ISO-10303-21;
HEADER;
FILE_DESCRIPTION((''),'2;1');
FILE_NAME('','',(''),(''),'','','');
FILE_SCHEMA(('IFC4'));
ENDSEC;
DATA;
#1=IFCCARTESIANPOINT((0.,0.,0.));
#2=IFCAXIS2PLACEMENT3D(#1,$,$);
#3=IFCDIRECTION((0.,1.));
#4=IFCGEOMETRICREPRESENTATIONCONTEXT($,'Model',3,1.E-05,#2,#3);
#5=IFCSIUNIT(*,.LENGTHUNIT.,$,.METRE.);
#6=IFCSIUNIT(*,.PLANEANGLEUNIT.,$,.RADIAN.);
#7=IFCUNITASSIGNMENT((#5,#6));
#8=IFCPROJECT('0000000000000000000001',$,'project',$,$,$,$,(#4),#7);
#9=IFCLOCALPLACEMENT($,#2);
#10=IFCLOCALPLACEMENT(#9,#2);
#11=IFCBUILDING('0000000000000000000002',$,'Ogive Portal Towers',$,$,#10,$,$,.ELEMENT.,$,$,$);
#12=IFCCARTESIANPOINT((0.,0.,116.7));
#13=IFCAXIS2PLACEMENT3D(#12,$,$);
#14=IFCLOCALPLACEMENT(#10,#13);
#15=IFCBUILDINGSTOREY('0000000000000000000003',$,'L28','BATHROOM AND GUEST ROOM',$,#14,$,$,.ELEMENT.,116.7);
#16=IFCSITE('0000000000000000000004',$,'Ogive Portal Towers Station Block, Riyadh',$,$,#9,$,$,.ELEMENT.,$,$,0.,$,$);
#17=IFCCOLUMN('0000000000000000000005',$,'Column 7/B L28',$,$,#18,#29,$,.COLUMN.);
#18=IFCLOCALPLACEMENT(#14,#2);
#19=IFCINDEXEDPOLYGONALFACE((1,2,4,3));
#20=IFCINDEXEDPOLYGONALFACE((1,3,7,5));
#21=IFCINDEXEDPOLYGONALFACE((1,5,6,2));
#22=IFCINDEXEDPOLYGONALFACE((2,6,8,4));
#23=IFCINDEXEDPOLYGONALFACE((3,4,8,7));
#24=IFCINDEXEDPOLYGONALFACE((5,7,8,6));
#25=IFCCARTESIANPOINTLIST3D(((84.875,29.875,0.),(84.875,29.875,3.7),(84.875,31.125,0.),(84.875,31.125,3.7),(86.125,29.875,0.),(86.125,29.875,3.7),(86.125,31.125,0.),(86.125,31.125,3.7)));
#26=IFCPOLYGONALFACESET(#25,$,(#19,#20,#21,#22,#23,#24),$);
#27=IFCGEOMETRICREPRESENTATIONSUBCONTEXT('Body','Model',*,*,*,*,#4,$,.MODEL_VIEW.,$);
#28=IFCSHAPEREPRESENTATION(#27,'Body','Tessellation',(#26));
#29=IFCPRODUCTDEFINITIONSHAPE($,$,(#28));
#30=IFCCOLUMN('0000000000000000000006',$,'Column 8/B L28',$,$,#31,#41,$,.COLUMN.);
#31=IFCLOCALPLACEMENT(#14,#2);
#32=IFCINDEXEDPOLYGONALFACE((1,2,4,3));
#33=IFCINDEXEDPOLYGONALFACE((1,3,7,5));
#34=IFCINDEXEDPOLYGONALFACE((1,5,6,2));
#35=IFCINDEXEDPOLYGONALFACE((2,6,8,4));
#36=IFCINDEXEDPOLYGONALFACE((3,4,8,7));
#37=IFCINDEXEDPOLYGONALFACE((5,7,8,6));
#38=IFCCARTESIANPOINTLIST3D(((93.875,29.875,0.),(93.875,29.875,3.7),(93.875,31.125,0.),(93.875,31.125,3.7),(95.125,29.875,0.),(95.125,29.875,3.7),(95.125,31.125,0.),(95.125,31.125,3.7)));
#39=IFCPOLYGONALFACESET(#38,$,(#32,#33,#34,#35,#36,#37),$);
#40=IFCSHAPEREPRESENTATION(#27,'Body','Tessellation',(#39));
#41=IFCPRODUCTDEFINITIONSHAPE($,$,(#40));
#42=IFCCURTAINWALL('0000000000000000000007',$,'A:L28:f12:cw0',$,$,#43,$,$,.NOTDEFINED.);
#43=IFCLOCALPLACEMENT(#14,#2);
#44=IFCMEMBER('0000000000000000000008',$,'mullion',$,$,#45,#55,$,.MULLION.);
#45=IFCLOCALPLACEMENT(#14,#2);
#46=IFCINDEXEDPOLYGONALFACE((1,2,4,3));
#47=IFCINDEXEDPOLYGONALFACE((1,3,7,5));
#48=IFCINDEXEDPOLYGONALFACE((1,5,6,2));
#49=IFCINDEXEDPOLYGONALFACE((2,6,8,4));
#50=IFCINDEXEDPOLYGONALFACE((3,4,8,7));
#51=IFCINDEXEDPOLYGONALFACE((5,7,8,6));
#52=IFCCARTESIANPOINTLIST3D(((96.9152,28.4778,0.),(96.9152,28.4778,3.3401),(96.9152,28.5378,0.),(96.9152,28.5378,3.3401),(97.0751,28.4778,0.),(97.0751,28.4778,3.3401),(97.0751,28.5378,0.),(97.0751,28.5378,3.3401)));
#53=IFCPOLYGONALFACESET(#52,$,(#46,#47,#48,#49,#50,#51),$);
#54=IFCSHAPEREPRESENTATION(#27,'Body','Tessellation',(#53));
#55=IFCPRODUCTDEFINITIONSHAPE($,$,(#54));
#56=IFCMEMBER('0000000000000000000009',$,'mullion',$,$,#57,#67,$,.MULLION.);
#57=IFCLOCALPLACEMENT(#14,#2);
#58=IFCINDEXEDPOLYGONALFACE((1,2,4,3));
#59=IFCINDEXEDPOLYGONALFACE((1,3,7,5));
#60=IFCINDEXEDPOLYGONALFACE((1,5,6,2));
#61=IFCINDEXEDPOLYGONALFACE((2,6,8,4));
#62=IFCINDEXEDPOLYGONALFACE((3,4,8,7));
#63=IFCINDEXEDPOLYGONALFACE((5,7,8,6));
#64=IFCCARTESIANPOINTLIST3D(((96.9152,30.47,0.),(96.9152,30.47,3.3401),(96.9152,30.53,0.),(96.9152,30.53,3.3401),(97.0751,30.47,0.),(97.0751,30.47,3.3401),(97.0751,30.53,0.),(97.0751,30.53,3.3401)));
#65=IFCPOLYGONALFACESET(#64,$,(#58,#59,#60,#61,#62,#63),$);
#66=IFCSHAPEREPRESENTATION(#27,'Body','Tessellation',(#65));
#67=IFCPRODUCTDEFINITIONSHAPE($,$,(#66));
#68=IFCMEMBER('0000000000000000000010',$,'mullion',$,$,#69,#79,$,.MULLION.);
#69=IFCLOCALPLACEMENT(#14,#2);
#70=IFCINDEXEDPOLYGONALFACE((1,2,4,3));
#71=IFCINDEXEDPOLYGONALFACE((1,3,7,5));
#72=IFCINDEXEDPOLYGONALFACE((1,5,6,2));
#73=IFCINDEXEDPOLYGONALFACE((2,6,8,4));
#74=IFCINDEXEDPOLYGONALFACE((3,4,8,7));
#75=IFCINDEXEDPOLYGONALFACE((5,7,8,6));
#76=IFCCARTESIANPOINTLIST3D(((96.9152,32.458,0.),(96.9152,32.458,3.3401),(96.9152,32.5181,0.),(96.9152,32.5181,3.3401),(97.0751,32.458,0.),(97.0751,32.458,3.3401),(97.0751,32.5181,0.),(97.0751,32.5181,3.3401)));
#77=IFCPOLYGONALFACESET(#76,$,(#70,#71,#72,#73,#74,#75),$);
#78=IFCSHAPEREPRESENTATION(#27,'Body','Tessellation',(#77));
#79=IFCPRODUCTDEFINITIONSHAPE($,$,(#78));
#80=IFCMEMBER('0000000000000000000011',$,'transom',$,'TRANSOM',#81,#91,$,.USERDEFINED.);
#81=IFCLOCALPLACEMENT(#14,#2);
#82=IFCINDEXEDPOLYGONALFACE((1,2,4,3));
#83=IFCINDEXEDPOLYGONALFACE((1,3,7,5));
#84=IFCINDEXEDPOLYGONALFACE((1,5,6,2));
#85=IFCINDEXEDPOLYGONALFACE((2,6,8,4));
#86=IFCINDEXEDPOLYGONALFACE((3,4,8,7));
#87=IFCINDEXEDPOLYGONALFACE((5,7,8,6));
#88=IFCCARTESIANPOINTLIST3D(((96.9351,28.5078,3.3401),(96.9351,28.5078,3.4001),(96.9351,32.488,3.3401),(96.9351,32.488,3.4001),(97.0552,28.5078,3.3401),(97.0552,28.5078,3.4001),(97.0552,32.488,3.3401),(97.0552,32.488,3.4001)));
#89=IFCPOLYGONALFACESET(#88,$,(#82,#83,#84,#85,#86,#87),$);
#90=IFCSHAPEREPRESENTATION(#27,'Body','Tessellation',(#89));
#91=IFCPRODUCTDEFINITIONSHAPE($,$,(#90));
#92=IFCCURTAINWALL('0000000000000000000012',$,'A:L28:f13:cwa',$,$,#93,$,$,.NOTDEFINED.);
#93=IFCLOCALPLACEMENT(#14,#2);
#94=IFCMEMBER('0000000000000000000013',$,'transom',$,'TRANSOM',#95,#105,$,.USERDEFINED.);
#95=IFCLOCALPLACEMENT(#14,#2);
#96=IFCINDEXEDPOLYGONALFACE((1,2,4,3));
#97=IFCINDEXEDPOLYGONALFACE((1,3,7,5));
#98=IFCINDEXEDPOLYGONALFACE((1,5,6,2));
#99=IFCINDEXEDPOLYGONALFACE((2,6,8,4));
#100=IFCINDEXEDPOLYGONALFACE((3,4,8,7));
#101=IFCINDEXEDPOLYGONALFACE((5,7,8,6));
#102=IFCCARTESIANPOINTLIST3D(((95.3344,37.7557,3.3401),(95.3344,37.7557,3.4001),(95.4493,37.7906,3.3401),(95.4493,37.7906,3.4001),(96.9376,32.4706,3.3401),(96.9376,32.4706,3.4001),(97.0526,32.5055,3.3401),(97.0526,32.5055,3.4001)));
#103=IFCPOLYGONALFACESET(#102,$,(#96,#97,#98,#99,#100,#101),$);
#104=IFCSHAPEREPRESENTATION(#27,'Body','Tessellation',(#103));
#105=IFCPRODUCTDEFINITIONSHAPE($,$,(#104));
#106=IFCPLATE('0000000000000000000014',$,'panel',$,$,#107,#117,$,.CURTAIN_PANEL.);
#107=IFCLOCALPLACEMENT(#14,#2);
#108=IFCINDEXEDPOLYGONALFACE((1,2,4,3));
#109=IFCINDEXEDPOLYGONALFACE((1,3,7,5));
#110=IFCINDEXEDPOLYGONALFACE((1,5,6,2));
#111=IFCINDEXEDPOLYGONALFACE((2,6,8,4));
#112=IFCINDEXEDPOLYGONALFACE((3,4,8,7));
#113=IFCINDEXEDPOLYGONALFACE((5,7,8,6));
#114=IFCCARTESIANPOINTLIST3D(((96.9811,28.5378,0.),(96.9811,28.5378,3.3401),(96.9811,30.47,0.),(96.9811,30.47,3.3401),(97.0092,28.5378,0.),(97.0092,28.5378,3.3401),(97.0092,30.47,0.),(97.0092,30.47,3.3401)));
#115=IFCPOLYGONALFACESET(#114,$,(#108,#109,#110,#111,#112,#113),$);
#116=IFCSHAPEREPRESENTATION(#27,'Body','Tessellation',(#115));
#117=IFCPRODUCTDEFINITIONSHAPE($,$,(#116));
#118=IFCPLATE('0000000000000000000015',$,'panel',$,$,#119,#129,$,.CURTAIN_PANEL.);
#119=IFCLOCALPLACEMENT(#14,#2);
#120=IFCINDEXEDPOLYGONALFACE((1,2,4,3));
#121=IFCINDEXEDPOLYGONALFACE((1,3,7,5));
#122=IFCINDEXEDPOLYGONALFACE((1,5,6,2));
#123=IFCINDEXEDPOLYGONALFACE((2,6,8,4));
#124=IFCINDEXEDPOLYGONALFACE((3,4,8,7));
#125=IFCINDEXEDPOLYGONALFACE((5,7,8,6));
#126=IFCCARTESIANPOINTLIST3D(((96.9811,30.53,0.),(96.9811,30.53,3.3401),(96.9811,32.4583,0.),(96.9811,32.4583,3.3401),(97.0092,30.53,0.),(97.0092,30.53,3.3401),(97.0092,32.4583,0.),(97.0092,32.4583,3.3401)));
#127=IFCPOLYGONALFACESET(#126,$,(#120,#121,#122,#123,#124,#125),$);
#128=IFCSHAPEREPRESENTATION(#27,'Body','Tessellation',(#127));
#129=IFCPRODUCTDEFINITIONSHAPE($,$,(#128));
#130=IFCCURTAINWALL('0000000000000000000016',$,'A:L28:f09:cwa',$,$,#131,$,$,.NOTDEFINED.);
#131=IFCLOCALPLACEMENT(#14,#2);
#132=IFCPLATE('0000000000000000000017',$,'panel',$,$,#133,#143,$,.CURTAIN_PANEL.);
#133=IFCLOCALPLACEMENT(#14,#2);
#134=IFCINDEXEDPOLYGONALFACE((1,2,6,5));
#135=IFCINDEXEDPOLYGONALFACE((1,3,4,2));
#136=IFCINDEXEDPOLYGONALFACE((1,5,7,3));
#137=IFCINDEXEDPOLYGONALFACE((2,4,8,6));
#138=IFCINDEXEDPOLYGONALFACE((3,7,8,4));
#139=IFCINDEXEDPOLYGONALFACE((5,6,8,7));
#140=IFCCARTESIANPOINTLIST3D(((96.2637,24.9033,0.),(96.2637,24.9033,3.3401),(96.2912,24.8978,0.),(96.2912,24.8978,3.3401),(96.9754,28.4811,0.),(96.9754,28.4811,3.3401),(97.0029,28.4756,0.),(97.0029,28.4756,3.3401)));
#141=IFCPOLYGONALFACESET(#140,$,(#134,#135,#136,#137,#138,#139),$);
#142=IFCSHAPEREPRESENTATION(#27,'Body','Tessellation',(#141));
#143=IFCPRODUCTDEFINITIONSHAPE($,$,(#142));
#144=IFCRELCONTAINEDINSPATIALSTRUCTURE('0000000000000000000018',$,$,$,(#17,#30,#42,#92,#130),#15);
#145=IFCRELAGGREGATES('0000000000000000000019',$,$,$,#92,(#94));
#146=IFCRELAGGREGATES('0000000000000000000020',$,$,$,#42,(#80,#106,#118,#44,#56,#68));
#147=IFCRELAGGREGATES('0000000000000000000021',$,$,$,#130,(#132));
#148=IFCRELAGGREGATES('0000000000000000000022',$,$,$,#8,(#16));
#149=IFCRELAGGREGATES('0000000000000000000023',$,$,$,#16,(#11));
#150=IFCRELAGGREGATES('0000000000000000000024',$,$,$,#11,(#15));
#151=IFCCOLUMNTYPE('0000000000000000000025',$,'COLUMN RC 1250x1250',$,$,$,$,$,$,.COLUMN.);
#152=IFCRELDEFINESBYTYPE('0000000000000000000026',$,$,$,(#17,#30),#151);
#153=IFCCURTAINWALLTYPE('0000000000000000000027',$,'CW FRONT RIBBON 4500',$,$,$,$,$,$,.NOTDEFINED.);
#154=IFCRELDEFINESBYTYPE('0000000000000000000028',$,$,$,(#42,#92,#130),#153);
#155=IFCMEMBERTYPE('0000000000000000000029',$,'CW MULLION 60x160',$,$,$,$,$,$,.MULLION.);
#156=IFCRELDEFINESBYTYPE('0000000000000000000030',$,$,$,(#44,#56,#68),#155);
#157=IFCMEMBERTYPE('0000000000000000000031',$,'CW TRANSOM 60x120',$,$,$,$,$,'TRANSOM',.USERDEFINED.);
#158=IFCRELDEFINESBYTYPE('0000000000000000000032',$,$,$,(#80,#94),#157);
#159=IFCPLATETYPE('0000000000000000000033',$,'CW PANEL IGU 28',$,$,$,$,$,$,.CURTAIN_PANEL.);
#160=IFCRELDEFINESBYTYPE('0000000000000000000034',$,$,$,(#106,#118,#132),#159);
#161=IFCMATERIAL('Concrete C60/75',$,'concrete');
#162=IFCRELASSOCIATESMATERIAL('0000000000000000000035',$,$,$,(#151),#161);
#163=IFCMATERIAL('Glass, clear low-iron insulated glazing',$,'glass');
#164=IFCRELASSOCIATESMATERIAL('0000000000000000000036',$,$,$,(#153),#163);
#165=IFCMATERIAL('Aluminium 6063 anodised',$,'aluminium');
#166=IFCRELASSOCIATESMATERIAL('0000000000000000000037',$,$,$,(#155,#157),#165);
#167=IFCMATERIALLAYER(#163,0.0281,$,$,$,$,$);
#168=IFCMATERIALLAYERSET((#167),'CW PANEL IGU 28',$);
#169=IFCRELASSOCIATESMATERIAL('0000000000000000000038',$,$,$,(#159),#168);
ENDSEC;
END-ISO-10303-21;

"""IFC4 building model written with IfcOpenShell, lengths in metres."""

from ifc_helpers import new_model, si_unit, direction, frame, origin, origin_2d, place, context, subcontext, project, spatial, rectangle, extrude, material, layer, layer_set, material_profile, profile_set, type_object, element, aggregate, save


model = new_model("IFC4")

# Units and contexts
model_context = context("Model", 3, precision=1e-05, world=origin(), true_north=direction((0.0, 1.0)))
body_context = subcontext(model_context, "Body", "Model", "MODEL_VIEW")
ifc_project = project(units=[si_unit("LENGTHUNIT", "METRE"), si_unit("PLANEANGLEUNIT", "RADIAN")], contexts=[model_context])

# Site, building, storey
site_placement = place(None, origin())
site = spatial("IfcSite", under=ifc_project, at=site_placement, Name="Ogive Portal Towers Station Block, Riyadh", CompositionType="ELEMENT", RefElevation=0.0)
building_placement = place(site_placement, origin())
building = spatial("IfcBuilding", under=site, at=building_placement, Name="Ogive Portal Towers", CompositionType="ELEMENT")
storey_placement = place(building_placement, frame((0.0, 0.0, 116.7)))
storey = spatial("IfcBuildingStorey", under=building, at=storey_placement, Name="L28", Description="BATHROOM AND GUEST ROOM", CompositionType="ELEMENT", Elevation=116.7)

# Columns
ifc_material_1 = material(Name="Concrete C60/75", Category="concrete")
ifc_material_profile_1 = material_profile(ifc_material_1, rectangle(XDim=1.25, YDim=1.25, at=origin_2d()), Name="RC 1250x1250")
ifc_profile_set_1 = profile_set([ifc_material_profile_1], Name="Concrete C60/75")
column_type = type_object("IfcColumnType", Name="COLUMN RC 1250x1250", PredefinedType="COLUMN", material=ifc_profile_set_1)
for number, where, z_axis, x_axis, name in (
    (1, (85.5, 30.5, 0.0), (0.0, 0.0, 1.0), (1.0, 0.0, 0.0), "Column 7/B L28"),
    (2, (94.5, 30.5, 0.0), (0.0, 0.0, 1.0), (1.0, 0.0, 0.0), "Column 8/B L28"),
):
    element("IfcColumn", number, at=place(storey_placement, frame(where, z_axis=z_axis, x_axis=x_axis)), inside=storey, type_object=column_type, Name=name, PredefinedType="COLUMN", context=body_context, shape_type="SweptSolid", body=[
        extrude(rectangle(XDim=1.25, YDim=1.25, at=origin_2d()), origin(), (0.0, 0.0, 1.0), 3.7),
    ])

# Curtain wall, members
ifc_material_2 = material(Name="Glass, clear low-iron insulated glazing", Category="glass")
curtain_wall_type = type_object("IfcCurtainWallType", Name="CW FRONT RIBBON 4500", PredefinedType="NOTDEFINED", material=ifc_material_2)
curtain_wall_1_placement = place(storey_placement, origin())
curtain_wall_1 = element("IfcCurtainWall", 3, at=curtain_wall_1_placement, inside=storey, type_object=curtain_wall_type, Name="A:L28:f12:cw0", PredefinedType="NOTDEFINED")
ifc_material_3 = material(Name="Aluminium 6063 anodised", Category="aluminium")
ifc_material_profile_2 = material_profile(ifc_material_3, rectangle(XDim=0.1599, YDim=0.0601, at=origin_2d()), Name="AL 60x160")
ifc_profile_set_2 = profile_set([ifc_material_profile_2], Name="Aluminium 6063 anodised")
member_type_1 = type_object("IfcMemberType", Name="CW MULLION 60x160", PredefinedType="MULLION", material=ifc_profile_set_2)
member_1_placement = place(storey_placement, frame((96.9951, 28.5078, 0.0), z_axis=(0.0, 0.0, 1.0), x_axis=(-1.0, 0.0, 0.0)))
member_1 = element("IfcMember", 4, at=member_1_placement, type_object=member_type_1, Name="mullion", PredefinedType="MULLION", context=body_context, shape_type="SweptSolid", body=[
    extrude(rectangle(XDim=0.1599, YDim=0.0601, at=origin_2d()), origin(), (0.0, 0.0, 1.0), 3.3401),
])
member_2_placement = place(storey_placement, frame((96.9951, 30.5, 0.0), z_axis=(0.0, 0.0, 1.0), x_axis=(-1.0, 0.0, 0.0)))
member_2 = element("IfcMember", 5, at=member_2_placement, type_object=member_type_1, Name="mullion", PredefinedType="MULLION", context=body_context, shape_type="SweptSolid", body=[
    extrude(rectangle(XDim=0.1599, YDim=0.0601, at=origin_2d()), origin(), (0.0, 0.0, 1.0), 3.3401),
])
member_3_placement = place(storey_placement, frame((96.9951, 32.488, 0.0), z_axis=(0.0, 0.0, 1.0), x_axis=(-1.0, 0.0, 0.0)))
member_3 = element("IfcMember", 6, at=member_3_placement, type_object=member_type_1, Name="mullion", PredefinedType="MULLION", context=body_context, shape_type="SweptSolid", body=[
    extrude(rectangle(XDim=0.1599, YDim=0.0601, at=origin_2d()), origin(), (0.0, 0.0, 1.0), 3.3401),
])
ifc_material_profile_3 = material_profile(ifc_material_3, rectangle(XDim=0.1201, YDim=0.0601, at=origin_2d()), Name="AL 120x60")
ifc_profile_set_3 = profile_set([ifc_material_profile_3], Name="Aluminium 6063 anodised")
member_type_2 = type_object("IfcMemberType", Name="CW TRANSOM 60x120", ElementType="TRANSOM", PredefinedType="USERDEFINED", material=ifc_profile_set_3)
member_4_placement = place(storey_placement, frame((96.9951, 28.5078, 3.3701), z_axis=(0.0, 1.0, 0.0), x_axis=(-1.0, 0.0, 0.0)))
member_4 = element("IfcMember", 7, at=member_4_placement, type_object=member_type_2, Name="transom", ObjectType="TRANSOM", PredefinedType="USERDEFINED", context=body_context, shape_type="SweptSolid", body=[
    extrude(rectangle(XDim=0.1201, YDim=0.0601, at=origin_2d()), origin(), (0.0, 0.0, 1.0), 3.9802),
])

# Curtain wall, member
curtain_wall_2_placement = place(storey_placement, origin())
curtain_wall_2 = element("IfcCurtainWall", 8, at=curtain_wall_2_placement, inside=storey, type_object=curtain_wall_type, Name="A:L28:f13:cwa", PredefinedType="NOTDEFINED")
member_5_placement = place(storey_placement, frame((96.9951, 32.488, 3.3701), z_axis=(-0.290291, 0.956938, 0.0), x_axis=(-0.956938, -0.290291, 0.0)))
member_5 = element("IfcMember", 9, at=member_5_placement, type_object=member_type_2, Name="transom", ObjectType="TRANSOM", PredefinedType="USERDEFINED", context=body_context, shape_type="SweptSolid", body=[
    extrude(rectangle(XDim=0.1201, YDim=0.0601, at=origin_2d()), origin(), (0.0, 0.0, 1.0), 5.5229),
])
aggregate(curtain_wall_2, [member_5])

# Plates
ifc_layer_1 = layer(ifc_material_2, 0.0281)
ifc_layer_set_1 = layer_set([ifc_layer_1], Name="CW PANEL IGU 28")
plate_type = type_object("IfcPlateType", Name="CW PANEL IGU 28", PredefinedType="CURTAIN_PANEL", material=ifc_layer_set_1)
plate_1_placement = place(storey_placement, frame((96.9951, 29.5039, 0.0), z_axis=(0.0, 0.0, 1.0), x_axis=(0.0, 1.0, 0.0)))
plate_1 = element("IfcPlate", 10, at=plate_1_placement, type_object=plate_type, Name="panel", PredefinedType="CURTAIN_PANEL", context=body_context, shape_type="SweptSolid", body=[
    extrude(rectangle(XDim=1.9321, YDim=0.0281, at=origin_2d()), origin(), (0.0, 0.0, 1.0), 3.3401),
])
plate_2_placement = place(storey_placement, frame((96.9951, 31.4941, 0.0), z_axis=(0.0, 0.0, 1.0), x_axis=(0.0, 1.0, 0.0)))
plate_2 = element("IfcPlate", 11, at=plate_2_placement, type_object=plate_type, Name="panel", PredefinedType="CURTAIN_PANEL", context=body_context, shape_type="SweptSolid", body=[
    extrude(rectangle(XDim=1.9282, YDim=0.0281, at=origin_2d()), origin(), (0.0, 0.0, 1.0), 3.3401),
])
aggregate(curtain_wall_1, [member_4, plate_1, plate_2, member_1, member_2, member_3])

# Curtain wall, plate
curtain_wall_3_placement = place(storey_placement, origin())
curtain_wall_3 = element("IfcCurtainWall", 12, at=curtain_wall_3_placement, inside=storey, type_object=curtain_wall_type, Name="A:L28:f09:cwa", PredefinedType="NOTDEFINED")
plate_3_placement = place(storey_placement, frame((96.6333, 26.6895, 0.0), z_axis=(0.0, 0.0, 1.0), x_axis=(0.19509, 0.980785, 0.0)))
plate_3 = element("IfcPlate", 13, at=plate_3_placement, type_object=plate_type, Name="panel", PredefinedType="CURTAIN_PANEL", context=body_context, shape_type="SweptSolid", body=[
    extrude(rectangle(XDim=3.6479, YDim=0.0281, at=origin_2d()), origin(), (0.0, 0.0, 1.0), 3.3401),
])
aggregate(curtain_wall_3, [plate_3])

save(model, "model.ifc")
